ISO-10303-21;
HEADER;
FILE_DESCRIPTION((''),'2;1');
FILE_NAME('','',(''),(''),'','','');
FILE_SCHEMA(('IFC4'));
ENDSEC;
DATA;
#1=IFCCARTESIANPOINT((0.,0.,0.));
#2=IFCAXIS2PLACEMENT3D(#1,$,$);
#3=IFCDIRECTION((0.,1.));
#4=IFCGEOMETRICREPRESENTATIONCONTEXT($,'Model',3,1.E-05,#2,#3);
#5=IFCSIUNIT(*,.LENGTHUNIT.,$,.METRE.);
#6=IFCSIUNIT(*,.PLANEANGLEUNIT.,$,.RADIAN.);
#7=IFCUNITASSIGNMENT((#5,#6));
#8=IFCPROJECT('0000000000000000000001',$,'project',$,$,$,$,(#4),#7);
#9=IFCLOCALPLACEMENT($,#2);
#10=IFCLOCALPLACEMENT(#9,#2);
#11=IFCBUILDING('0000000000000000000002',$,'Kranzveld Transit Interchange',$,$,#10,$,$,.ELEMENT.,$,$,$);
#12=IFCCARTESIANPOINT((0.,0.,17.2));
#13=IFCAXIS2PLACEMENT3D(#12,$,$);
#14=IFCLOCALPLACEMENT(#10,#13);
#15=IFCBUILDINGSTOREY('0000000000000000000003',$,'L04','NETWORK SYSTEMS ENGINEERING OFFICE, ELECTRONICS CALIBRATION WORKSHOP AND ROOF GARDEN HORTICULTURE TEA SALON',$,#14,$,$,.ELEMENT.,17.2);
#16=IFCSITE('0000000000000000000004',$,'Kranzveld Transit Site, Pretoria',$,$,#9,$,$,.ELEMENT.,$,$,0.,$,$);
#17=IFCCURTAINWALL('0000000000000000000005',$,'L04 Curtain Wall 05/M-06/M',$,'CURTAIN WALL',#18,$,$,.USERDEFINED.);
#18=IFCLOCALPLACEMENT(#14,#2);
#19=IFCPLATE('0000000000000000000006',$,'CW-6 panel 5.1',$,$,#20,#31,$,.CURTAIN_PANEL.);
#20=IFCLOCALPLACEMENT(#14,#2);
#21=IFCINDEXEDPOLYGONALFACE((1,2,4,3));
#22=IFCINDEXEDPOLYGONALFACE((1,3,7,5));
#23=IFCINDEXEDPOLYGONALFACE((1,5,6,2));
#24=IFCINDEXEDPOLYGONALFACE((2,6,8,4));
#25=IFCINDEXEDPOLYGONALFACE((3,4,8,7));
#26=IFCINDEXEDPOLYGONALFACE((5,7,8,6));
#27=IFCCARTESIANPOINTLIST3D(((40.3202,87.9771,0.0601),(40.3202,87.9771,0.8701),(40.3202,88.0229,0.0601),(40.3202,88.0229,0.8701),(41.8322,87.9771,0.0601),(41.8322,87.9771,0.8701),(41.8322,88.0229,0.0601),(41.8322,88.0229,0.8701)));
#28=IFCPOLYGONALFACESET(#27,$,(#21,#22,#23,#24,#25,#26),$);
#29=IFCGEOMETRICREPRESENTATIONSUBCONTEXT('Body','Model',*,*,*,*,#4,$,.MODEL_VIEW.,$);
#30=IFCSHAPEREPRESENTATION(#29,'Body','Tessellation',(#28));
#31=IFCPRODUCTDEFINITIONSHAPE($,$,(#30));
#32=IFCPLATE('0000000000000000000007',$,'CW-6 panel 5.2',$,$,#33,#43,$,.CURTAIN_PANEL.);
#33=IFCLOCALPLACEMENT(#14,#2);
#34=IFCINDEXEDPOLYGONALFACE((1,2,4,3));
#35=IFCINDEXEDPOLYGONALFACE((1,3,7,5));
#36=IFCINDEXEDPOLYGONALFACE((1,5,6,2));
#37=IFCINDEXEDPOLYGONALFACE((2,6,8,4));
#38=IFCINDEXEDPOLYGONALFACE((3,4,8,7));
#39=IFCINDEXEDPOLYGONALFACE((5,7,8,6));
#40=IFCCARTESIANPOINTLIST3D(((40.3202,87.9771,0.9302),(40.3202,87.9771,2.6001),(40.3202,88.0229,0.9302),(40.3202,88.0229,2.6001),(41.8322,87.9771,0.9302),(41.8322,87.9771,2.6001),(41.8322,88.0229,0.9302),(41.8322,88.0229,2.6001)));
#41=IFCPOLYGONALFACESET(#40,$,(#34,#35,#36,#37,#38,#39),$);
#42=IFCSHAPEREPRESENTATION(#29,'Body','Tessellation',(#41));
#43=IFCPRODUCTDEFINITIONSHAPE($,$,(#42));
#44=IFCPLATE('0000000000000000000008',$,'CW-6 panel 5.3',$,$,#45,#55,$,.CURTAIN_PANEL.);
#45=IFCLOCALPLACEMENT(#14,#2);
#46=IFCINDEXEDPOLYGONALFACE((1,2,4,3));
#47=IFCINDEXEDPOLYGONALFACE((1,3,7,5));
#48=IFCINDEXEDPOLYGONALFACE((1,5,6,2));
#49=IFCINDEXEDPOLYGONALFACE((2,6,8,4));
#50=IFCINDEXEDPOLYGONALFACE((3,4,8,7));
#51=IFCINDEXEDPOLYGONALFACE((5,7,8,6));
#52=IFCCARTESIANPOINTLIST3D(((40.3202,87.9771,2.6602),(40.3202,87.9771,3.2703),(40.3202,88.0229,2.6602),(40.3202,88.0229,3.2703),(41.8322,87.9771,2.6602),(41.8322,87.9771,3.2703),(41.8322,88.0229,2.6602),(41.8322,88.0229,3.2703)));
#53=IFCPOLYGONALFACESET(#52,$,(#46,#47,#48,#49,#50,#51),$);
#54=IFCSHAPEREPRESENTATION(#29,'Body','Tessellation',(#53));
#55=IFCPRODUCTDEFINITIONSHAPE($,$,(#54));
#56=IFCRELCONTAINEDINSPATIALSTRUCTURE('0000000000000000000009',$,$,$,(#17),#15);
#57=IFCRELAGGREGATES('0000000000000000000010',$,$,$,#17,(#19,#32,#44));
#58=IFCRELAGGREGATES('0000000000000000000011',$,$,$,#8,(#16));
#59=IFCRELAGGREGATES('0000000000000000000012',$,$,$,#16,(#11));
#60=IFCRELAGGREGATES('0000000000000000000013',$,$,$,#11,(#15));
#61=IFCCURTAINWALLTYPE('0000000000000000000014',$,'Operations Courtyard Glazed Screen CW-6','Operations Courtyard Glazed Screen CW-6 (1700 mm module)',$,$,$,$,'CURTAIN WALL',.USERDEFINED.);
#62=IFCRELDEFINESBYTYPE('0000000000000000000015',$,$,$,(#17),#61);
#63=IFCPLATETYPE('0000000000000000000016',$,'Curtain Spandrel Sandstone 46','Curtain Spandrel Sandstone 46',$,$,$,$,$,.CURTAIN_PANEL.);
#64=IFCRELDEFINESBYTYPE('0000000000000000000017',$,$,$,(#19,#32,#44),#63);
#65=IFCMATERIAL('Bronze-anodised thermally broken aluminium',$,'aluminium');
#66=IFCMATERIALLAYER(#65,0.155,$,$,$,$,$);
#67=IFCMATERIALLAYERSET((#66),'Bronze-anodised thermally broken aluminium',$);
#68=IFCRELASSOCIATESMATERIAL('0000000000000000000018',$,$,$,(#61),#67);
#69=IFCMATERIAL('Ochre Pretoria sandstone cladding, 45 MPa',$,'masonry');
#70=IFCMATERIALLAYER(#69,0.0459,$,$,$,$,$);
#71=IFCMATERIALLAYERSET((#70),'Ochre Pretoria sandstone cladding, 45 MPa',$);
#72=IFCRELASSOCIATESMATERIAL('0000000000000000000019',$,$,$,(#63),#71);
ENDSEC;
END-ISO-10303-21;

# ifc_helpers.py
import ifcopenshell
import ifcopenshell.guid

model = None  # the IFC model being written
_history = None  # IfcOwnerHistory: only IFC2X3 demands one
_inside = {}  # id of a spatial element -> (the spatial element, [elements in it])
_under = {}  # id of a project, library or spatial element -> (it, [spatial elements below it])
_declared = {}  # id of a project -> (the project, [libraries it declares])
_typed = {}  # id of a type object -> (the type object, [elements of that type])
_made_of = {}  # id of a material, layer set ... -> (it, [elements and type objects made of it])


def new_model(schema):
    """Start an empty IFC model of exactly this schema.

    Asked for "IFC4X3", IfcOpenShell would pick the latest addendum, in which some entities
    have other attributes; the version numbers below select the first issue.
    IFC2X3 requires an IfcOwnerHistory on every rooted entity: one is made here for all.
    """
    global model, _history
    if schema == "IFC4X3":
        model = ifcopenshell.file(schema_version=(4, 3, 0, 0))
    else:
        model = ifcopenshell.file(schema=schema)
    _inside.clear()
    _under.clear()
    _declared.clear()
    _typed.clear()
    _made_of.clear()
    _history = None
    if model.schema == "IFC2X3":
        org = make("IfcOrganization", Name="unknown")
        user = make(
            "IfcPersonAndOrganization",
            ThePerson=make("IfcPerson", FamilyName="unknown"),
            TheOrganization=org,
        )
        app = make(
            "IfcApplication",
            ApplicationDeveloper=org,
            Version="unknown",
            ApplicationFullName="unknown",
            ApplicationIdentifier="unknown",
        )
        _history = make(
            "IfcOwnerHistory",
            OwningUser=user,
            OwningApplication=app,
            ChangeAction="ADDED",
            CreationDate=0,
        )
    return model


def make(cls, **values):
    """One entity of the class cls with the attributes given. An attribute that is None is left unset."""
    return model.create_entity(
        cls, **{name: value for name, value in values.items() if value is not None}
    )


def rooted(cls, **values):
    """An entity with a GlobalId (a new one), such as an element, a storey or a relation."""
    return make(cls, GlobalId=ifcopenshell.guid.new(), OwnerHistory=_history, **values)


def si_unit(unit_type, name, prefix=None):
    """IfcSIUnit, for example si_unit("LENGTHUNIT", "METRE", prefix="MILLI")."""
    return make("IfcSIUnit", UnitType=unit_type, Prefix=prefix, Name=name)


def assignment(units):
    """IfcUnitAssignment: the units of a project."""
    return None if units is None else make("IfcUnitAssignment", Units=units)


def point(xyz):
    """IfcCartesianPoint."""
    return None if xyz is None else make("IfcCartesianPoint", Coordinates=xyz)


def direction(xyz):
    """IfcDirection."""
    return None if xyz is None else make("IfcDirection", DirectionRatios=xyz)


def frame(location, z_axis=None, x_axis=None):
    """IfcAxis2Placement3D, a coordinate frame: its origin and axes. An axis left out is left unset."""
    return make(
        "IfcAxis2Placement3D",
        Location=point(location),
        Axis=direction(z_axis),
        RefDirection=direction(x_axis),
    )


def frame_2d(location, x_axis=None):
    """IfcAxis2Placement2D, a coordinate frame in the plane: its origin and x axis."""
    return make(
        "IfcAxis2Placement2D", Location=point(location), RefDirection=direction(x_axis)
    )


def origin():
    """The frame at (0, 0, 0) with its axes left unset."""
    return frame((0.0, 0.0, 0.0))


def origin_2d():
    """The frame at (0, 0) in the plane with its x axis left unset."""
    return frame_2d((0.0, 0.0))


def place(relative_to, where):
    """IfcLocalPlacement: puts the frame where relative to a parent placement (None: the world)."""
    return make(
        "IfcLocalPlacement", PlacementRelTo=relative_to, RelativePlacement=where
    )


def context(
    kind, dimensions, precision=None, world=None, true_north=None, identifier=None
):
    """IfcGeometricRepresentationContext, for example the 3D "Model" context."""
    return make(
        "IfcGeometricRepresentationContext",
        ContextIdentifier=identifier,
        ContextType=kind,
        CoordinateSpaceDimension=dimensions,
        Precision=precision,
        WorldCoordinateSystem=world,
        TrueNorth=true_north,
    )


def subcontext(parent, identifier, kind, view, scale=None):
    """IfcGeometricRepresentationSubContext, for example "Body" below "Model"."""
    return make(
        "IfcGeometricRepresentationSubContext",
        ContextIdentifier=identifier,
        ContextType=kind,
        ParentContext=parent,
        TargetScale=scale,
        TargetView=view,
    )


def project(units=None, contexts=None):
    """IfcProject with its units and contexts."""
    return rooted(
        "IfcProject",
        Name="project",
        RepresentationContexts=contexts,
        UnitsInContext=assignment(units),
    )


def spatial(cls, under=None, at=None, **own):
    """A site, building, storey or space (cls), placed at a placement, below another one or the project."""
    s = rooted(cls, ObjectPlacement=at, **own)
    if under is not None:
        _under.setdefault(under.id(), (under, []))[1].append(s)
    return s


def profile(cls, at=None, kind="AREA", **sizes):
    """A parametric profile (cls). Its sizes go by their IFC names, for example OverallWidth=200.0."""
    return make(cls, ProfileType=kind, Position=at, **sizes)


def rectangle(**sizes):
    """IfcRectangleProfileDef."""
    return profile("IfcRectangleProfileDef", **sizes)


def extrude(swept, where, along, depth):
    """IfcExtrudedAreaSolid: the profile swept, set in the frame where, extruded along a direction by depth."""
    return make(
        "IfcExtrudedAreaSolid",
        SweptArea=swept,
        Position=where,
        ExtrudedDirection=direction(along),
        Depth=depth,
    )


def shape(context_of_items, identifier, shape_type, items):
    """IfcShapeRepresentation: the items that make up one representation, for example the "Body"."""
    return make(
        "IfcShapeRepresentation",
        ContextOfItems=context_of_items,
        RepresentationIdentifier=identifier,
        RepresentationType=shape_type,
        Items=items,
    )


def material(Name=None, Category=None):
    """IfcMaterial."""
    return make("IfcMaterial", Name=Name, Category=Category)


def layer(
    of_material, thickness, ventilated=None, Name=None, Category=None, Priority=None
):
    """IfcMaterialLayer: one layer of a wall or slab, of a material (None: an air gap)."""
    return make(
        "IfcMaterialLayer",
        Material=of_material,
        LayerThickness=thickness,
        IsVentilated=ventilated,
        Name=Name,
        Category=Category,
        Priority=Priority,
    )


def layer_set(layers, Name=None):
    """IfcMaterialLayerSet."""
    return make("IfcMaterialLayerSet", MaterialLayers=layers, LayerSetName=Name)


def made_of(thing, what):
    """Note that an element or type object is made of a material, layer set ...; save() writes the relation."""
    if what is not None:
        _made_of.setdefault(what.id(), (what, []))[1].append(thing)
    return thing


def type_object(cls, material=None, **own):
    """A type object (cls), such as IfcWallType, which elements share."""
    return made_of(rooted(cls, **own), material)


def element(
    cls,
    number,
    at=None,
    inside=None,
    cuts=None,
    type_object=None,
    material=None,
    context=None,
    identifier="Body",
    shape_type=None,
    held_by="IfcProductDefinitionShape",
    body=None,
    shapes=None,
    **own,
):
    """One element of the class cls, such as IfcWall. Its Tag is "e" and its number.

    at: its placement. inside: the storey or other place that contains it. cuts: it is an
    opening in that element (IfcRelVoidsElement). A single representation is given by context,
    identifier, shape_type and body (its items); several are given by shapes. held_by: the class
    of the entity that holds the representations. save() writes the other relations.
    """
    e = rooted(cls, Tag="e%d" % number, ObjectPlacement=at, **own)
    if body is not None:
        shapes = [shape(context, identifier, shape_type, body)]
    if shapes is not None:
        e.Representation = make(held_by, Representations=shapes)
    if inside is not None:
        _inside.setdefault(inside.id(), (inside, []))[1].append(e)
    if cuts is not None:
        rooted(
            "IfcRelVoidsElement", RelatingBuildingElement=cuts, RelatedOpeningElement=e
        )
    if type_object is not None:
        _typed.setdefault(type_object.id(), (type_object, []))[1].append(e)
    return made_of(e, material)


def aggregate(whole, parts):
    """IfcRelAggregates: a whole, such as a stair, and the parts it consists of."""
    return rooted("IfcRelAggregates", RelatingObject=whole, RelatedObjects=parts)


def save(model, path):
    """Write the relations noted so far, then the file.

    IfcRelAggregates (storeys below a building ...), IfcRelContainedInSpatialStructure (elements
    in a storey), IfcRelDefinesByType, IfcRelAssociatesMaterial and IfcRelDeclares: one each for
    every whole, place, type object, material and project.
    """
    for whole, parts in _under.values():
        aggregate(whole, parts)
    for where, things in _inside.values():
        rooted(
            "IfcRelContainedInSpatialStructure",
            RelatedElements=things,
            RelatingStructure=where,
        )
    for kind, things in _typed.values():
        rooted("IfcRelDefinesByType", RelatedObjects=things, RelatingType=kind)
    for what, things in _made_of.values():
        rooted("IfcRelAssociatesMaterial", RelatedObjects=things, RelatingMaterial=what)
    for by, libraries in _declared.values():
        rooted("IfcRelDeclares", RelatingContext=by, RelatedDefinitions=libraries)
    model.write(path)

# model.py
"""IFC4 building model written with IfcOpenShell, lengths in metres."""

from ifc_helpers import new_model, si_unit, direction, frame, origin, origin_2d, place, context, subcontext, project, spatial, rectangle, extrude, material, layer, layer_set, type_object, element, aggregate, save


model = new_model("IFC4")

# Units and contexts
model_context = context("Model", 3, precision=1e-05, world=origin(), true_north=direction((0.0, 1.0)))
body_context = subcontext(model_context, "Body", "Model", "MODEL_VIEW")
ifc_project = project(units=[si_unit("LENGTHUNIT", "METRE"), si_unit("PLANEANGLEUNIT", "RADIAN")], contexts=[model_context])

# Site, building, storey
site_placement = place(None, origin())
site = spatial("IfcSite", under=ifc_project, at=site_placement, Name="Kranzveld Transit Site, Pretoria", CompositionType="ELEMENT", RefElevation=0.0)
building_placement = place(site_placement, origin())
building = spatial("IfcBuilding", under=site, at=building_placement, Name="Kranzveld Transit Interchange", CompositionType="ELEMENT")
storey_placement = place(building_placement, frame((0.0, 0.0, 17.2)))
storey = spatial("IfcBuildingStorey", under=building, at=storey_placement, Name="L04", Description="NETWORK SYSTEMS ENGINEERING OFFICE, ELECTRONICS CALIBRATION WORKSHOP AND ROOF GARDEN HORTICULTURE TEA SALON", CompositionType="ELEMENT", Elevation=17.2)

# Curtain wall
ifc_material_1 = material(Name="Bronze-anodised thermally broken aluminium", Category="aluminium")
ifc_layer_1 = layer(ifc_material_1, 0.155)
ifc_layer_set_1 = layer_set([ifc_layer_1], Name="Bronze-anodised thermally broken aluminium")
curtain_wall_type_1 = type_object("IfcCurtainWallType", Name="Operations Courtyard Glazed Screen CW-6", Description="Operations Courtyard Glazed Screen CW-6 (1700 mm module)", ElementType="CURTAIN WALL", PredefinedType="USERDEFINED", material=ifc_layer_set_1)
curtain_wall_1_placement = place(storey_placement, origin())
curtain_wall_1 = element("IfcCurtainWall", 1, at=curtain_wall_1_placement, inside=storey, type_object=curtain_wall_type_1, Name="L04 Curtain Wall 05/M-06/M", ObjectType="CURTAIN WALL", PredefinedType="USERDEFINED")

# Plates
ifc_material_2 = material(Name="Ochre Pretoria sandstone cladding, 45 MPa", Category="masonry")
ifc_layer_2 = layer(ifc_material_2, 0.0459)
ifc_layer_set_2 = layer_set([ifc_layer_2], Name="Ochre Pretoria sandstone cladding, 45 MPa")
plate_type_1 = type_object("IfcPlateType", Name="Curtain Spandrel Sandstone 46", Description="Curtain Spandrel Sandstone 46", PredefinedType="CURTAIN_PANEL", material=ifc_layer_set_2)
plate_1_placement = place(storey_placement, frame((41.0762, 88.0, 0.0601), z_axis=(0.0, 0.0, 1.0), x_axis=(1.0, 0.0, 0.0)))
plate_1 = element("IfcPlate", 2, at=plate_1_placement, type_object=plate_type_1, Name="CW-6 panel 5.1", PredefinedType="CURTAIN_PANEL", context=body_context, shape_type="SweptSolid", body=[
    extrude(rectangle(XDim=1.512, YDim=0.0459, at=origin_2d()), origin(), (0.0, 0.0, 1.0), 0.8101),
])
plate_2_placement = place(storey_placement, frame((41.0762, 88.0, 0.9302), z_axis=(0.0, 0.0, 1.0), x_axis=(1.0, 0.0, 0.0)))
plate_2 = element("IfcPlate", 3, at=plate_2_placement, type_object=plate_type_1, Name="CW-6 panel 5.2", PredefinedType="CURTAIN_PANEL", context=body_context, shape_type="SweptSolid", body=[
    extrude(rectangle(XDim=1.512, YDim=0.0459, at=origin_2d()), origin(), (0.0, 0.0, 1.0), 1.6699),
])
plate_3_placement = place(storey_placement, frame((41.0762, 88.0, 2.6602), z_axis=(0.0, 0.0, 1.0), x_axis=(1.0, 0.0, 0.0)))
plate_3 = element("IfcPlate", 4, at=plate_3_placement, type_object=plate_type_1, Name="CW-6 panel 5.3", PredefinedType="CURTAIN_PANEL", context=body_context, shape_type="SweptSolid", body=[
    extrude(rectangle(XDim=1.512, YDim=0.0459, at=origin_2d()), origin(), (0.0, 0.0, 1.0), 0.6101),
])
aggregate(curtain_wall_1, [plate_1, plate_2, plate_3])

save(model, "model.ifc")
